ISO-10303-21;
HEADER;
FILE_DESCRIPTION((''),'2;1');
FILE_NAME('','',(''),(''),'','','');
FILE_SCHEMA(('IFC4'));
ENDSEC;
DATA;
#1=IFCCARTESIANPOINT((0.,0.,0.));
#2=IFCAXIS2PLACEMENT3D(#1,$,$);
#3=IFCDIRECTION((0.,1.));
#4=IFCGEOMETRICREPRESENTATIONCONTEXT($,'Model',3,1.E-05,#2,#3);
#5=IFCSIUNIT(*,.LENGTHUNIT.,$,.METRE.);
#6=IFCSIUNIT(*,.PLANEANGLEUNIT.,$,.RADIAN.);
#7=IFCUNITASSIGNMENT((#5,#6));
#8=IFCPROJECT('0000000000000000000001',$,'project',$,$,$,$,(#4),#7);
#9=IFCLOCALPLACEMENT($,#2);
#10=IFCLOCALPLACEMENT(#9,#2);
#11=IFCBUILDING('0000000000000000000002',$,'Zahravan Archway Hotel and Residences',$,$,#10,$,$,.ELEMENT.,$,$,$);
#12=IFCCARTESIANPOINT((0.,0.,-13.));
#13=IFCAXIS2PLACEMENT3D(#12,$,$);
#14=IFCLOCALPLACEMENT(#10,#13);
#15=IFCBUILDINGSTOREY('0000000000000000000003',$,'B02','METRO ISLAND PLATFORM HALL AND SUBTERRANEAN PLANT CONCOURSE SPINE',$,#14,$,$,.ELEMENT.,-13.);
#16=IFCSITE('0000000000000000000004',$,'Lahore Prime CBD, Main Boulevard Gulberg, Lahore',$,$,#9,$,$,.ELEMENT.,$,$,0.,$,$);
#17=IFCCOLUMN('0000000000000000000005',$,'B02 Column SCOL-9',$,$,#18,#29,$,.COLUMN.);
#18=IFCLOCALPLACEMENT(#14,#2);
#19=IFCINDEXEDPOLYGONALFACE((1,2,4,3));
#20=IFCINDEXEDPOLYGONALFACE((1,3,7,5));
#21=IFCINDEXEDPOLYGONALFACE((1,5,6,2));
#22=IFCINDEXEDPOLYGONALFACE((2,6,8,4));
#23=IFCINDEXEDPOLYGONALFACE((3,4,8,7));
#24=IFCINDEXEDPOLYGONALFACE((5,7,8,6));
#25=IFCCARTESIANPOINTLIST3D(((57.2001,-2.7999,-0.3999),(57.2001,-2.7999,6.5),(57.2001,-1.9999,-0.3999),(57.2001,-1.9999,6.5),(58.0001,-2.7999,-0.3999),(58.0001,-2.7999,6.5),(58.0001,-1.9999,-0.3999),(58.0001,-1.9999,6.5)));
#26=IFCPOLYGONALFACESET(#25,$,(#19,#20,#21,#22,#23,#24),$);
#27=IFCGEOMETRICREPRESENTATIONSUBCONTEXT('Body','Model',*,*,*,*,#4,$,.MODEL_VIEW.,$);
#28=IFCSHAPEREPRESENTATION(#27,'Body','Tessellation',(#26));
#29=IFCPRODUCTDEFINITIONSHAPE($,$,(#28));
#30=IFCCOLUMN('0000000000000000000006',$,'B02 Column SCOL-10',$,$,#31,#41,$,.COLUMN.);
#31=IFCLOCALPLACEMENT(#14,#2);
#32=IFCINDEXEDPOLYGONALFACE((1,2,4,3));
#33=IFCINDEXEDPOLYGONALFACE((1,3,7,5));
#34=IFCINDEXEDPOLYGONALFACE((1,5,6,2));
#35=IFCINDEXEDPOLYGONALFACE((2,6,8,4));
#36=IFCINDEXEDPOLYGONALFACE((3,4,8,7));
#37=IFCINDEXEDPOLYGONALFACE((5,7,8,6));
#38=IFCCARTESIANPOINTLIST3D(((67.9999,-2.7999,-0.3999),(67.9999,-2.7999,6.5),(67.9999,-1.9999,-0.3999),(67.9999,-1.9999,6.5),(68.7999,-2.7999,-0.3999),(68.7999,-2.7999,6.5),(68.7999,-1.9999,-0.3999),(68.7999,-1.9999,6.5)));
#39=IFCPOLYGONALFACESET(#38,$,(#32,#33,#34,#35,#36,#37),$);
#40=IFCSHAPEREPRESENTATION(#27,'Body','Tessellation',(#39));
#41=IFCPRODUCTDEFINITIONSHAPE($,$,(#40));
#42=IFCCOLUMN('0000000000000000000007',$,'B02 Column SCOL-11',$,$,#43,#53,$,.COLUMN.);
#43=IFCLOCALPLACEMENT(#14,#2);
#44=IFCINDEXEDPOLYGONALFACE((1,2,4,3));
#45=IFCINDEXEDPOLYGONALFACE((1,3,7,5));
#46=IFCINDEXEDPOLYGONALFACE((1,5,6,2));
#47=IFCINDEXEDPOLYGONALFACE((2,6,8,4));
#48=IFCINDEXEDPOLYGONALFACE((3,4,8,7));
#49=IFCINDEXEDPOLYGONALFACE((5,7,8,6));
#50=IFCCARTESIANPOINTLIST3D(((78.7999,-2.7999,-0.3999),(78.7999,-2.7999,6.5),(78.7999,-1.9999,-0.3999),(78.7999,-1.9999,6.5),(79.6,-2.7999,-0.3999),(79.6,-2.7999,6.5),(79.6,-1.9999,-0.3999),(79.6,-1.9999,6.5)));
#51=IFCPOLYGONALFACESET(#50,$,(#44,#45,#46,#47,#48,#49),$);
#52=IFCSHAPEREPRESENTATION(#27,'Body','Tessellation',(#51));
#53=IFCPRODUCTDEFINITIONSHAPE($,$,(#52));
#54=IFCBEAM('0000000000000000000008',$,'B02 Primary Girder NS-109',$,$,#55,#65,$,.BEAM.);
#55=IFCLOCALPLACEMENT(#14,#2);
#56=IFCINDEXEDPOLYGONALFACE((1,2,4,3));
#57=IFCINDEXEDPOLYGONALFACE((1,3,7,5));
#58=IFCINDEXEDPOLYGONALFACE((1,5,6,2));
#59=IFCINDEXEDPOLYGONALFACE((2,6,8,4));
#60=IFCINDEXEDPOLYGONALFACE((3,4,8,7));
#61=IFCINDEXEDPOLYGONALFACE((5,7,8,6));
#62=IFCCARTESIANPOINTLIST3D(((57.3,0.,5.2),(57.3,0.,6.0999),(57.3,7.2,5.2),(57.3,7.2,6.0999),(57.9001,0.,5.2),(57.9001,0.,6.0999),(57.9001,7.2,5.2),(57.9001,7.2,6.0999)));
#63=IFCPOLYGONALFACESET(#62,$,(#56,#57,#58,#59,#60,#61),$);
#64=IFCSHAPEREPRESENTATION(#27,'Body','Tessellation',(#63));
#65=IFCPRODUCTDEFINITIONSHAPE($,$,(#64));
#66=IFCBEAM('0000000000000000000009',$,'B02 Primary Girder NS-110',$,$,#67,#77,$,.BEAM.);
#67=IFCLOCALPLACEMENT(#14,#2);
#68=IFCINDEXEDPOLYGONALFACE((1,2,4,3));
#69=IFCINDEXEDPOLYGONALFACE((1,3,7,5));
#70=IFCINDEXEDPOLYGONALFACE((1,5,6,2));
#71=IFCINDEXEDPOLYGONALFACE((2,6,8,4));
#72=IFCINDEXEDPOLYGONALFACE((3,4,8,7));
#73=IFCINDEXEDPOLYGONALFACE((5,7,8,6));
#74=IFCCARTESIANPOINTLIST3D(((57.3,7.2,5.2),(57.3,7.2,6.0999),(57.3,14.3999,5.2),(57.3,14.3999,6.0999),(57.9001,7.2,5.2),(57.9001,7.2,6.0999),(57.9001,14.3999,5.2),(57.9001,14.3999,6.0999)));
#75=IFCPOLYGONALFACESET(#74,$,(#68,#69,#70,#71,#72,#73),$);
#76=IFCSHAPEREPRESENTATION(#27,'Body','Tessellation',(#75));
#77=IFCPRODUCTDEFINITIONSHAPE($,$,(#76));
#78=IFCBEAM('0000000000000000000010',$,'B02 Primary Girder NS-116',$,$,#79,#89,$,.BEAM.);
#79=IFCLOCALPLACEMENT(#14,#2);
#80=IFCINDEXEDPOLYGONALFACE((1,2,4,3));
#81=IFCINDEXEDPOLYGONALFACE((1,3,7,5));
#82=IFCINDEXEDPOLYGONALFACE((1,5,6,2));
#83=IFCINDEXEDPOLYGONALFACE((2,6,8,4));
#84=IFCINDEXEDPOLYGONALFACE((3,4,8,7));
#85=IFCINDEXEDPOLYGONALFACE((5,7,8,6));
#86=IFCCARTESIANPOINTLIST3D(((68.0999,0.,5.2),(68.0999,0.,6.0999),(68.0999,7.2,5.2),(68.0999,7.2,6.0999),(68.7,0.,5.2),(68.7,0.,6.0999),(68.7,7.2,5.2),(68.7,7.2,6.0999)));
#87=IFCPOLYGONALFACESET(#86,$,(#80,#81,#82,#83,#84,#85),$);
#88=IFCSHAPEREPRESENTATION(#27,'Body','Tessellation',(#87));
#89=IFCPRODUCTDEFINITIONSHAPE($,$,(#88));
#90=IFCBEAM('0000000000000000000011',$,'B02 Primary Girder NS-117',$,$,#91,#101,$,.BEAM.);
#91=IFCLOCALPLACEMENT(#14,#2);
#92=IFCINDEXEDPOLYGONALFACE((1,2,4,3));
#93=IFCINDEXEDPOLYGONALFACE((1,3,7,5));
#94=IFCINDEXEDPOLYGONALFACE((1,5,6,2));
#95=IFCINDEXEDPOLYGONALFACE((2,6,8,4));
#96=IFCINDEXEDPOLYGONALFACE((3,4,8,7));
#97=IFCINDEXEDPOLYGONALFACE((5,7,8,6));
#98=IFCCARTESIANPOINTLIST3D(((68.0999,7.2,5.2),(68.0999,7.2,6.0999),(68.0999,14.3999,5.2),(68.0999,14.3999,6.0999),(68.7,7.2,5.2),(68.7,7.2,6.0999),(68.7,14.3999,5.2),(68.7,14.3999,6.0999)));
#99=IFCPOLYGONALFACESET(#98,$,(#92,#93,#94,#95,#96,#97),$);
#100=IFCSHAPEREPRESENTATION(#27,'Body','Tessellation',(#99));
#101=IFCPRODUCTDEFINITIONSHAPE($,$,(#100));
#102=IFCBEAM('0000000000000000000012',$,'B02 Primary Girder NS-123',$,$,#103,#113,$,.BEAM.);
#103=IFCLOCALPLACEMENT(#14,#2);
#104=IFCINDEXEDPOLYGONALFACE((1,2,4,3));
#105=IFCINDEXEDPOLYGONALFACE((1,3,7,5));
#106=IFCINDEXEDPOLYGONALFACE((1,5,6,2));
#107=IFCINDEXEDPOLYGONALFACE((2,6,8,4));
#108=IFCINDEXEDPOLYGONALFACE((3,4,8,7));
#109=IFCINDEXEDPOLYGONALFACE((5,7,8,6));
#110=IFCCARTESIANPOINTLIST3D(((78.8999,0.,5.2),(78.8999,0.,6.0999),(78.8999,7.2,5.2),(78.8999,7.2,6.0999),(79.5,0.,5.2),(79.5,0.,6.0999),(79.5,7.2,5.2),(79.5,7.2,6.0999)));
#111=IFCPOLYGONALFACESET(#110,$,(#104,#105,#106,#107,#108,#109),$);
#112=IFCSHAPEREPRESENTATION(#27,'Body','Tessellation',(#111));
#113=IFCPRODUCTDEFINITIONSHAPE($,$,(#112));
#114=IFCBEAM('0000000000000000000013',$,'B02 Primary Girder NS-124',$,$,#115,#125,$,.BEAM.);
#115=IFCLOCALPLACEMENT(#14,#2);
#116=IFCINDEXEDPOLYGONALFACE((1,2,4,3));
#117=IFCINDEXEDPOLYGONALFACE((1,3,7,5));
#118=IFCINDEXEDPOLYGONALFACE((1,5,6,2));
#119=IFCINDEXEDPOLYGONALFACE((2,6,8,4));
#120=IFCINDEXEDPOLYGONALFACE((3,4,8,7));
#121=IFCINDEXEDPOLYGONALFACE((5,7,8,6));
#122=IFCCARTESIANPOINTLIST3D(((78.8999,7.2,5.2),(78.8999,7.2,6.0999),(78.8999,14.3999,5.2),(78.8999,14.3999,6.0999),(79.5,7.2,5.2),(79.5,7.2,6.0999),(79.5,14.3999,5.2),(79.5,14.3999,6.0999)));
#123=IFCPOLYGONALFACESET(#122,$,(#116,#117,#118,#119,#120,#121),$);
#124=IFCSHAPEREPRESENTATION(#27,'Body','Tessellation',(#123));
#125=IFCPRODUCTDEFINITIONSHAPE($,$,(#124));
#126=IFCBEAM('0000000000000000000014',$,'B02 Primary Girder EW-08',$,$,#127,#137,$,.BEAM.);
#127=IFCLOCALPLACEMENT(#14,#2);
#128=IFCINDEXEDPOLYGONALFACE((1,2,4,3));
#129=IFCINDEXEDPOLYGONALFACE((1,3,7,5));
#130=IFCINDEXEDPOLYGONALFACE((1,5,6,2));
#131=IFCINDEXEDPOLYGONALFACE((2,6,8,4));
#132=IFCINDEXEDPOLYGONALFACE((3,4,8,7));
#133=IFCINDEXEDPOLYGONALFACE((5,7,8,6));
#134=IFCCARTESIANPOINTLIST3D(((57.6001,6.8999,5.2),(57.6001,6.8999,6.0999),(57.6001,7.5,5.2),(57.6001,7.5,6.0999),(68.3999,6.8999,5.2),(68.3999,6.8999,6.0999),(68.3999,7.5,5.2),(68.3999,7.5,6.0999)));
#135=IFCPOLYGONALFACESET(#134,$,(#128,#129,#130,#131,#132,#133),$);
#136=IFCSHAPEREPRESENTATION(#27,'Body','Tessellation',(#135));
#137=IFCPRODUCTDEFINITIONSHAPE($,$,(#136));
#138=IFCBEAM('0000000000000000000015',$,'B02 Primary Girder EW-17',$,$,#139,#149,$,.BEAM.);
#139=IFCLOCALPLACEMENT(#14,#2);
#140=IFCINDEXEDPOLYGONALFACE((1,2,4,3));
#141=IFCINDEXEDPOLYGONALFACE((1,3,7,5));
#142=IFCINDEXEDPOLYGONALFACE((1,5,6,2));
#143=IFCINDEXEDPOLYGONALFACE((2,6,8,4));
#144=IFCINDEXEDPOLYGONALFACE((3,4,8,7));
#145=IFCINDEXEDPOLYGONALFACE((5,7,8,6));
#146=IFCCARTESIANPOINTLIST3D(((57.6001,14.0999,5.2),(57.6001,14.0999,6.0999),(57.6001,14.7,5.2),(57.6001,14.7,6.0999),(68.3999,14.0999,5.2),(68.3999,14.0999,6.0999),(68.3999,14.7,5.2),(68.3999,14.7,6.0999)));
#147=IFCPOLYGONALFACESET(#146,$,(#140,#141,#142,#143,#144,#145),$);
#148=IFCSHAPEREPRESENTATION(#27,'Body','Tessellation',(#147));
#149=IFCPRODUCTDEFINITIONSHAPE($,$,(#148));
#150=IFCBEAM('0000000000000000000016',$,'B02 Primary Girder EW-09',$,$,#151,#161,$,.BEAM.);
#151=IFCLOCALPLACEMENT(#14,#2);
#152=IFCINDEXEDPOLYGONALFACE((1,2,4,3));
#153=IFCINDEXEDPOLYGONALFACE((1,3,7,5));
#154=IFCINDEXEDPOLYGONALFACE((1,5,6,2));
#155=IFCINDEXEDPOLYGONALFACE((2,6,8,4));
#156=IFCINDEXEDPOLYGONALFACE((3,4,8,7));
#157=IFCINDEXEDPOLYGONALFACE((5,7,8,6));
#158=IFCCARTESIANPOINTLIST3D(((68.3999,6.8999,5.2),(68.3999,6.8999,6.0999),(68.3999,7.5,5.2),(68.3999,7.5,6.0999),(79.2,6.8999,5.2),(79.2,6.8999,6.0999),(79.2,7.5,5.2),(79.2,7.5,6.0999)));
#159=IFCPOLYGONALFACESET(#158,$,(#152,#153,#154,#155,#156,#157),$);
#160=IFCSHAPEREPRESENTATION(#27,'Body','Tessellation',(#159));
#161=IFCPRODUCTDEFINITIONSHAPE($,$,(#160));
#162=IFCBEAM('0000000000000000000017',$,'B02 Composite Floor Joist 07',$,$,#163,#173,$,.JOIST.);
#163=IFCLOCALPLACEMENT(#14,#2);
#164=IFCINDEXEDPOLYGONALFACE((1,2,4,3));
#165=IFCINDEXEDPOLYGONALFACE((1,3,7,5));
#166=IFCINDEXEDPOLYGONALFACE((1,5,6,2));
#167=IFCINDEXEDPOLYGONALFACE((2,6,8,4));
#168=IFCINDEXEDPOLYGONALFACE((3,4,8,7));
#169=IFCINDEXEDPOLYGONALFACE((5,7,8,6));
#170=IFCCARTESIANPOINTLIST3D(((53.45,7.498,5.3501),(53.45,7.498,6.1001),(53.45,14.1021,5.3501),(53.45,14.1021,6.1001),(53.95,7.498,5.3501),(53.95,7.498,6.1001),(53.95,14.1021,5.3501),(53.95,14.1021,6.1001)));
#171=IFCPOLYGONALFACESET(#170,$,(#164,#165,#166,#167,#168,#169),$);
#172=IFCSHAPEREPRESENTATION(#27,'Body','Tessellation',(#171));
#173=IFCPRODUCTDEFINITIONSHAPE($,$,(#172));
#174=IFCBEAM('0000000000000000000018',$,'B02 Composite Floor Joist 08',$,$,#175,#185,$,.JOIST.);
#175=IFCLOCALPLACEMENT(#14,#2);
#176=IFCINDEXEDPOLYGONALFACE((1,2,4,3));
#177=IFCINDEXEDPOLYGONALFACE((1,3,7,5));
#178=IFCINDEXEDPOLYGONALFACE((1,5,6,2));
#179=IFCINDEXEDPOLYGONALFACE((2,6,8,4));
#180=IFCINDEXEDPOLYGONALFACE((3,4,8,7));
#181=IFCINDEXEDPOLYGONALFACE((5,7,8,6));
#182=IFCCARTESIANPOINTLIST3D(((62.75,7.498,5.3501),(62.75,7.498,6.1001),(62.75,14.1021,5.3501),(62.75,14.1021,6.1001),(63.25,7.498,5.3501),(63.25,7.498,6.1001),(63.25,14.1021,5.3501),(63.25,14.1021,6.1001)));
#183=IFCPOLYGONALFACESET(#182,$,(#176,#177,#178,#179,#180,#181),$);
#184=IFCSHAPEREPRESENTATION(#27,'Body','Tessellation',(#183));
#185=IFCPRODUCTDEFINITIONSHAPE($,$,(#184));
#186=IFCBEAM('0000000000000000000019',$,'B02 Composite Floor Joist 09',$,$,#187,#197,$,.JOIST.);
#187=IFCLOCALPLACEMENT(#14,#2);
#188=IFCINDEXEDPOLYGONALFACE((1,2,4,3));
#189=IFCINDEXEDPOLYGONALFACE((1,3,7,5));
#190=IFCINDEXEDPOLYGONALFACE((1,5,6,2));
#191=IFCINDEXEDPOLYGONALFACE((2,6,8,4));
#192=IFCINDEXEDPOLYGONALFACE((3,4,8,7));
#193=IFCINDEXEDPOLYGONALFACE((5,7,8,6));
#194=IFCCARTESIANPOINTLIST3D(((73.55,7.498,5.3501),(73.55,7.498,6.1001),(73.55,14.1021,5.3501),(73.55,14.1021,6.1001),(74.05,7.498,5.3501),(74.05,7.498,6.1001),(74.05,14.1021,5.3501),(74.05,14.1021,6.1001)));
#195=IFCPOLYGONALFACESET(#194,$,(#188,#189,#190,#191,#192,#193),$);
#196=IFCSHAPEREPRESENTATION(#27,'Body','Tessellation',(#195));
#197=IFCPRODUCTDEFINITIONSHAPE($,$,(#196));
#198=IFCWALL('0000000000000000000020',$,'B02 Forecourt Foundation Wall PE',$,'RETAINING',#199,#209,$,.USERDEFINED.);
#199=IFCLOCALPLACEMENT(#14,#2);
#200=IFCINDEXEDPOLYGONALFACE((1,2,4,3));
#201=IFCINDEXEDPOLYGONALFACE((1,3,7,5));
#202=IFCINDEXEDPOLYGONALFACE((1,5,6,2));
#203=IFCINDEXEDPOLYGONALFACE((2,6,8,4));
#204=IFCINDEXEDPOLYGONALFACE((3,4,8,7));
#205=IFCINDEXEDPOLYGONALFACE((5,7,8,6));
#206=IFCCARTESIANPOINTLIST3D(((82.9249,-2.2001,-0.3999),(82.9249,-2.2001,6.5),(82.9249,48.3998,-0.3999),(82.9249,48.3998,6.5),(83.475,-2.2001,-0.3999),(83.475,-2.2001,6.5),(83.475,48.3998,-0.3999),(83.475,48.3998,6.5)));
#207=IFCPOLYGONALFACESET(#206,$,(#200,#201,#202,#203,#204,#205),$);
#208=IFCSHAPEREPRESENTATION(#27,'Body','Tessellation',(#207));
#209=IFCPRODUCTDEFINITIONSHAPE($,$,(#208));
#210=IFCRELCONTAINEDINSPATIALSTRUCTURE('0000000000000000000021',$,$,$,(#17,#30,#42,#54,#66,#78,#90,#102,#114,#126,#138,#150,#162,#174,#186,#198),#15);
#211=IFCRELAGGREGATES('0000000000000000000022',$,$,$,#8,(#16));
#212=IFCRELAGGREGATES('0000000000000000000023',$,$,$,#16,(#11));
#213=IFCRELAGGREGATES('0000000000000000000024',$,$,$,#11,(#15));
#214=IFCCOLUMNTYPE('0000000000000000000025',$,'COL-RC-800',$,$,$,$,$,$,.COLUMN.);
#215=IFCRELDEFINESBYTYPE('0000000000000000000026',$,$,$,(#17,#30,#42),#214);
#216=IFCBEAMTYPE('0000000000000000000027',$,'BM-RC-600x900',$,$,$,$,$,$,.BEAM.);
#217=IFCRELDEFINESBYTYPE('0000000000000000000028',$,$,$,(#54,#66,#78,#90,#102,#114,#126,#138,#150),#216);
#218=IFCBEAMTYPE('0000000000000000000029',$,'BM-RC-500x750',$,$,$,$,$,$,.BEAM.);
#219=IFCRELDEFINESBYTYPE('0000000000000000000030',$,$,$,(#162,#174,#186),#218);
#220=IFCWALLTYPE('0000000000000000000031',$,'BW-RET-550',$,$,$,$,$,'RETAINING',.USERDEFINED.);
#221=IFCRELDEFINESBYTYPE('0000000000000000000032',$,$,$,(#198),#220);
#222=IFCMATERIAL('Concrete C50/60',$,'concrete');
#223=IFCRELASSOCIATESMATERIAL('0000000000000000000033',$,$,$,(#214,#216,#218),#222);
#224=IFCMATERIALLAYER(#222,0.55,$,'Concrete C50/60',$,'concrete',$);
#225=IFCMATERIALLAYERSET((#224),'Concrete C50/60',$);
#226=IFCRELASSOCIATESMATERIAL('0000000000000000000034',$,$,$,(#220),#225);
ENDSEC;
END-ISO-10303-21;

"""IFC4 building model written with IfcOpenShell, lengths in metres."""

from ifc_helpers import new_model, si_unit, direction, frame, frame_2d, origin, origin_2d, place, context, subcontext, project, spatial, rectangle, extrude, source, transform, mapped, material, layer, layer_set, material_profile, profile_set, type_object, type_shapes, element, save


model = new_model("IFC4")

# Units and contexts
model_context = context("Model", 3, precision=1e-05, world=origin(), true_north=direction((0.0, 1.0)))
body_context = subcontext(model_context, "Body", "Model", "MODEL_VIEW")
ifc_project = project(units=[si_unit("LENGTHUNIT", "METRE"), si_unit("PLANEANGLEUNIT", "RADIAN")], contexts=[model_context])

# Site, building, storey
site_placement = place(None, origin())
site = spatial("IfcSite", under=ifc_project, at=site_placement, Name="Lahore Prime CBD, Main Boulevard Gulberg, Lahore", CompositionType="ELEMENT", RefElevation=0.0)
building_placement = place(site_placement, origin())
building = spatial("IfcBuilding", under=site, at=building_placement, Name="Zahravan Archway Hotel and Residences", CompositionType="ELEMENT")
storey_placement = place(building_placement, frame((0.0, 0.0, -13.0)))
storey = spatial("IfcBuildingStorey", under=building, at=storey_placement, Name="B02", Description="METRO ISLAND PLATFORM HALL AND SUBTERRANEAN PLANT CONCOURSE SPINE", CompositionType="ELEMENT", Elevation=-13.0)

# Shared definitions
ifc_material_1 = material(Name="Concrete C50/60", Category="concrete")

# Columns
ifc_material_profile_1 = material_profile(ifc_material_1, rectangle(XDim=0.8, YDim=0.8, at=origin_2d()), Name="RC-COL-800x800", Category="concrete")
ifc_profile_set_1 = profile_set([ifc_material_profile_1], Name="Concrete C50/60")
column_type_1 = type_object("IfcColumnType", Name="COL-RC-800", PredefinedType="COLUMN", material=ifc_profile_set_1)
shared_shape_1 = source(origin(), body_context, "Body", "SweptSolid", [
    extrude(rectangle(XDim=0.8, YDim=0.8, at=origin_2d()), origin(), (0.0, 0.0, 1.0), 6.8999),
])
type_shapes(column_type_1, [shared_shape_1])
for number, where, z_axis, x_axis, name in (
    (1, (57.6001, -2.3999, -0.3999), (0.0, 0.0, 1.0), (1.0, 0.0, 0.0), "B02 Column SCOL-9"),
    (2, (68.3999, -2.3999, -0.3999), (0.0, 0.0, 1.0), (1.0, 0.0, 0.0), "B02 Column SCOL-10"),
    (3, (79.2, -2.3999, -0.3999), (0.0, 0.0, 1.0), (1.0, 0.0, 0.0), "B02 Column SCOL-11"),
):
    element("IfcColumn", number, at=place(storey_placement, frame(where, z_axis=z_axis, x_axis=x_axis)), inside=storey, type_object=column_type_1, Name=name, PredefinedType="COLUMN", context=body_context, shape_type="MappedRepresentation", body=[
        mapped(shared_shape_1, transform((0.0, 0.0, 0.0), scale=1.0)),
    ])

# Beams
ifc_material_profile_2 = material_profile(ifc_material_1, rectangle(XDim=0.6001, YDim=0.8999, at=origin_2d()), Name="RC-BM-600x900", Category="concrete")
ifc_profile_set_2 = profile_set([ifc_material_profile_2], Name="Concrete C50/60")
beam_type_1 = type_object("IfcBeamType", Name="BM-RC-600x900", PredefinedType="BEAM", material=ifc_profile_set_2)
shared_shape_2 = source(origin(), body_context, "Body", "SweptSolid", [
    extrude(rectangle(XDim=0.6001, YDim=0.8999, at=origin_2d()), origin(), (0.0, 0.0, 1.0), 7.2),
])
for number, where, z_axis, x_axis, name in (
    (4, (57.6001, 0.0, 5.6499), (0.0, 1.0, 0.0), (-1.0, 0.0, 0.0), "B02 Primary Girder NS-109"),
    (5, (57.6001, 7.2, 5.6499), (0.0, 1.0, 0.0), (-1.0, 0.0, 0.0), "B02 Primary Girder NS-110"),
    (6, (68.3999, 0.0, 5.6499), (0.0, 1.0, 0.0), (-1.0, 0.0, 0.0), "B02 Primary Girder NS-116"),
    (7, (68.3999, 7.2, 5.6499), (0.0, 1.0, 0.0), (-1.0, 0.0, 0.0), "B02 Primary Girder NS-117"),
    (8, (79.2, 0.0, 5.6499), (0.0, 1.0, 0.0), (-1.0, 0.0, 0.0), "B02 Primary Girder NS-123"),
    (9, (79.2, 7.2, 5.6499), (0.0, 1.0, 0.0), (-1.0, 0.0, 0.0), "B02 Primary Girder NS-124"),
):
    element("IfcBeam", number, at=place(storey_placement, frame(where, z_axis=z_axis, x_axis=x_axis)), inside=storey, type_object=beam_type_1, Name=name, PredefinedType="BEAM", context=body_context, shape_type="MappedRepresentation", body=[
        mapped(shared_shape_2, transform((0.0, 0.0, 0.0), scale=1.0)),
    ])
shared_shape_3 = source(origin(), body_context, "Body", "SweptSolid", [
    extrude(rectangle(XDim=0.6001, YDim=0.8999, at=origin_2d()), origin(), (0.0, 0.0, 1.0), 10.7998),
])
for number, where, z_axis, x_axis, name in (
    (10, (57.6001, 7.2, 5.6499), (1.0, 0.0, 0.0), (0.0, 1.0, 0.0), "B02 Primary Girder EW-08"),
    (11, (57.6001, 14.3999, 5.6499), (1.0, 0.0, 0.0), (0.0, 1.0, 0.0), "B02 Primary Girder EW-17"),
):
    element("IfcBeam", number, at=place(storey_placement, frame(where, z_axis=z_axis, x_axis=x_axis)), inside=storey, type_object=beam_type_1, Name=name, PredefinedType="BEAM", context=body_context, shape_type="MappedRepresentation", body=[
        mapped(shared_shape_3, transform((0.0, 0.0, 0.0), scale=1.0)),
    ])
shared_shape_4 = source(origin(), body_context, "Body", "SweptSolid", [
    extrude(rectangle(XDim=0.6001, YDim=0.8999, at=origin_2d()), origin(), (0.0, 0.0, 1.0), 10.8),
])
beam_placement = place(storey_placement, frame((68.3999, 7.2, 5.6499), z_axis=(1.0, 0.0, 0.0), x_axis=(0.0, 1.0, 0.0)))
element("IfcBeam", 12, at=beam_placement, inside=storey, type_object=beam_type_1, Name="B02 Primary Girder EW-09", PredefinedType="BEAM", context=body_context, shape_type="MappedRepresentation", body=[
    mapped(shared_shape_4, transform((0.0, 0.0, 0.0), scale=1.0)),
])
ifc_material_profile_3 = material_profile(ifc_material_1, rectangle(XDim=0.5, YDim=0.75, at=origin_2d()), Name="RC-BM-500x750", Category="concrete")
ifc_profile_set_3 = profile_set([ifc_material_profile_3], Name="Concrete C50/60")
beam_type_2 = type_object("IfcBeamType", Name="BM-RC-500x750", PredefinedType="BEAM", material=ifc_profile_set_3)
shared_shape_5 = source(origin(), body_context, "Body", "SweptSolid", [
    extrude(rectangle(XDim=0.5, YDim=0.75, at=origin_2d()), origin(), (0.0, 0.0, 1.0), 6.604),
])
type_shapes(beam_type_2, [shared_shape_5])
for number, where, z_axis, x_axis, name in (
    (13, (53.7, 7.498, 5.7251), (0.0, 1.0, 0.0), (-1.0, 0.0, 0.0), "B02 Composite Floor Joist 07"),
    (14, (63.0, 7.498, 5.7251), (0.0, 1.0, 0.0), (-1.0, 0.0, 0.0), "B02 Composite Floor Joist 08"),
    (15, (73.8, 7.498, 5.7251), (0.0, 1.0, 0.0), (-1.0, 0.0, 0.0), "B02 Composite Floor Joist 09"),
):
    element("IfcBeam", number, at=place(storey_placement, frame(where, z_axis=z_axis, x_axis=x_axis)), inside=storey, type_object=beam_type_2, Name=name, PredefinedType="JOIST", context=body_context, shape_type="MappedRepresentation", body=[
        mapped(shared_shape_5, transform((0.0, 0.0, 0.0), scale=1.0)),
    ])

# Wall
ifc_layer_1 = layer(ifc_material_1, 0.55, Name="Concrete C50/60", Category="concrete")
ifc_layer_set_1 = layer_set([ifc_layer_1], Name="Concrete C50/60")
wall_type_1 = type_object("IfcWallType", Name="BW-RET-550", ElementType="RETAINING", PredefinedType="USERDEFINED", material=ifc_layer_set_1)
wall_1_placement = place(storey_placement, frame((83.2, -2.2, -0.3999), z_axis=(0.0, 0.0, 1.0), x_axis=(0.0, 1.0, 0.0)))
element("IfcWall", 16, at=wall_1_placement, inside=storey, type_object=wall_type_1, Name="B02 Forecourt Foundation Wall PE", ObjectType="RETAINING", PredefinedType="USERDEFINED", context=body_context, shape_type="SweptSolid", body=[
    extrude(rectangle(XDim=50.5999, YDim=0.55, at=frame_2d((25.2998, 0.0))), origin(), (0.0, 0.0, 1.0), 6.8999),
])

save(model, "model.ifc")
